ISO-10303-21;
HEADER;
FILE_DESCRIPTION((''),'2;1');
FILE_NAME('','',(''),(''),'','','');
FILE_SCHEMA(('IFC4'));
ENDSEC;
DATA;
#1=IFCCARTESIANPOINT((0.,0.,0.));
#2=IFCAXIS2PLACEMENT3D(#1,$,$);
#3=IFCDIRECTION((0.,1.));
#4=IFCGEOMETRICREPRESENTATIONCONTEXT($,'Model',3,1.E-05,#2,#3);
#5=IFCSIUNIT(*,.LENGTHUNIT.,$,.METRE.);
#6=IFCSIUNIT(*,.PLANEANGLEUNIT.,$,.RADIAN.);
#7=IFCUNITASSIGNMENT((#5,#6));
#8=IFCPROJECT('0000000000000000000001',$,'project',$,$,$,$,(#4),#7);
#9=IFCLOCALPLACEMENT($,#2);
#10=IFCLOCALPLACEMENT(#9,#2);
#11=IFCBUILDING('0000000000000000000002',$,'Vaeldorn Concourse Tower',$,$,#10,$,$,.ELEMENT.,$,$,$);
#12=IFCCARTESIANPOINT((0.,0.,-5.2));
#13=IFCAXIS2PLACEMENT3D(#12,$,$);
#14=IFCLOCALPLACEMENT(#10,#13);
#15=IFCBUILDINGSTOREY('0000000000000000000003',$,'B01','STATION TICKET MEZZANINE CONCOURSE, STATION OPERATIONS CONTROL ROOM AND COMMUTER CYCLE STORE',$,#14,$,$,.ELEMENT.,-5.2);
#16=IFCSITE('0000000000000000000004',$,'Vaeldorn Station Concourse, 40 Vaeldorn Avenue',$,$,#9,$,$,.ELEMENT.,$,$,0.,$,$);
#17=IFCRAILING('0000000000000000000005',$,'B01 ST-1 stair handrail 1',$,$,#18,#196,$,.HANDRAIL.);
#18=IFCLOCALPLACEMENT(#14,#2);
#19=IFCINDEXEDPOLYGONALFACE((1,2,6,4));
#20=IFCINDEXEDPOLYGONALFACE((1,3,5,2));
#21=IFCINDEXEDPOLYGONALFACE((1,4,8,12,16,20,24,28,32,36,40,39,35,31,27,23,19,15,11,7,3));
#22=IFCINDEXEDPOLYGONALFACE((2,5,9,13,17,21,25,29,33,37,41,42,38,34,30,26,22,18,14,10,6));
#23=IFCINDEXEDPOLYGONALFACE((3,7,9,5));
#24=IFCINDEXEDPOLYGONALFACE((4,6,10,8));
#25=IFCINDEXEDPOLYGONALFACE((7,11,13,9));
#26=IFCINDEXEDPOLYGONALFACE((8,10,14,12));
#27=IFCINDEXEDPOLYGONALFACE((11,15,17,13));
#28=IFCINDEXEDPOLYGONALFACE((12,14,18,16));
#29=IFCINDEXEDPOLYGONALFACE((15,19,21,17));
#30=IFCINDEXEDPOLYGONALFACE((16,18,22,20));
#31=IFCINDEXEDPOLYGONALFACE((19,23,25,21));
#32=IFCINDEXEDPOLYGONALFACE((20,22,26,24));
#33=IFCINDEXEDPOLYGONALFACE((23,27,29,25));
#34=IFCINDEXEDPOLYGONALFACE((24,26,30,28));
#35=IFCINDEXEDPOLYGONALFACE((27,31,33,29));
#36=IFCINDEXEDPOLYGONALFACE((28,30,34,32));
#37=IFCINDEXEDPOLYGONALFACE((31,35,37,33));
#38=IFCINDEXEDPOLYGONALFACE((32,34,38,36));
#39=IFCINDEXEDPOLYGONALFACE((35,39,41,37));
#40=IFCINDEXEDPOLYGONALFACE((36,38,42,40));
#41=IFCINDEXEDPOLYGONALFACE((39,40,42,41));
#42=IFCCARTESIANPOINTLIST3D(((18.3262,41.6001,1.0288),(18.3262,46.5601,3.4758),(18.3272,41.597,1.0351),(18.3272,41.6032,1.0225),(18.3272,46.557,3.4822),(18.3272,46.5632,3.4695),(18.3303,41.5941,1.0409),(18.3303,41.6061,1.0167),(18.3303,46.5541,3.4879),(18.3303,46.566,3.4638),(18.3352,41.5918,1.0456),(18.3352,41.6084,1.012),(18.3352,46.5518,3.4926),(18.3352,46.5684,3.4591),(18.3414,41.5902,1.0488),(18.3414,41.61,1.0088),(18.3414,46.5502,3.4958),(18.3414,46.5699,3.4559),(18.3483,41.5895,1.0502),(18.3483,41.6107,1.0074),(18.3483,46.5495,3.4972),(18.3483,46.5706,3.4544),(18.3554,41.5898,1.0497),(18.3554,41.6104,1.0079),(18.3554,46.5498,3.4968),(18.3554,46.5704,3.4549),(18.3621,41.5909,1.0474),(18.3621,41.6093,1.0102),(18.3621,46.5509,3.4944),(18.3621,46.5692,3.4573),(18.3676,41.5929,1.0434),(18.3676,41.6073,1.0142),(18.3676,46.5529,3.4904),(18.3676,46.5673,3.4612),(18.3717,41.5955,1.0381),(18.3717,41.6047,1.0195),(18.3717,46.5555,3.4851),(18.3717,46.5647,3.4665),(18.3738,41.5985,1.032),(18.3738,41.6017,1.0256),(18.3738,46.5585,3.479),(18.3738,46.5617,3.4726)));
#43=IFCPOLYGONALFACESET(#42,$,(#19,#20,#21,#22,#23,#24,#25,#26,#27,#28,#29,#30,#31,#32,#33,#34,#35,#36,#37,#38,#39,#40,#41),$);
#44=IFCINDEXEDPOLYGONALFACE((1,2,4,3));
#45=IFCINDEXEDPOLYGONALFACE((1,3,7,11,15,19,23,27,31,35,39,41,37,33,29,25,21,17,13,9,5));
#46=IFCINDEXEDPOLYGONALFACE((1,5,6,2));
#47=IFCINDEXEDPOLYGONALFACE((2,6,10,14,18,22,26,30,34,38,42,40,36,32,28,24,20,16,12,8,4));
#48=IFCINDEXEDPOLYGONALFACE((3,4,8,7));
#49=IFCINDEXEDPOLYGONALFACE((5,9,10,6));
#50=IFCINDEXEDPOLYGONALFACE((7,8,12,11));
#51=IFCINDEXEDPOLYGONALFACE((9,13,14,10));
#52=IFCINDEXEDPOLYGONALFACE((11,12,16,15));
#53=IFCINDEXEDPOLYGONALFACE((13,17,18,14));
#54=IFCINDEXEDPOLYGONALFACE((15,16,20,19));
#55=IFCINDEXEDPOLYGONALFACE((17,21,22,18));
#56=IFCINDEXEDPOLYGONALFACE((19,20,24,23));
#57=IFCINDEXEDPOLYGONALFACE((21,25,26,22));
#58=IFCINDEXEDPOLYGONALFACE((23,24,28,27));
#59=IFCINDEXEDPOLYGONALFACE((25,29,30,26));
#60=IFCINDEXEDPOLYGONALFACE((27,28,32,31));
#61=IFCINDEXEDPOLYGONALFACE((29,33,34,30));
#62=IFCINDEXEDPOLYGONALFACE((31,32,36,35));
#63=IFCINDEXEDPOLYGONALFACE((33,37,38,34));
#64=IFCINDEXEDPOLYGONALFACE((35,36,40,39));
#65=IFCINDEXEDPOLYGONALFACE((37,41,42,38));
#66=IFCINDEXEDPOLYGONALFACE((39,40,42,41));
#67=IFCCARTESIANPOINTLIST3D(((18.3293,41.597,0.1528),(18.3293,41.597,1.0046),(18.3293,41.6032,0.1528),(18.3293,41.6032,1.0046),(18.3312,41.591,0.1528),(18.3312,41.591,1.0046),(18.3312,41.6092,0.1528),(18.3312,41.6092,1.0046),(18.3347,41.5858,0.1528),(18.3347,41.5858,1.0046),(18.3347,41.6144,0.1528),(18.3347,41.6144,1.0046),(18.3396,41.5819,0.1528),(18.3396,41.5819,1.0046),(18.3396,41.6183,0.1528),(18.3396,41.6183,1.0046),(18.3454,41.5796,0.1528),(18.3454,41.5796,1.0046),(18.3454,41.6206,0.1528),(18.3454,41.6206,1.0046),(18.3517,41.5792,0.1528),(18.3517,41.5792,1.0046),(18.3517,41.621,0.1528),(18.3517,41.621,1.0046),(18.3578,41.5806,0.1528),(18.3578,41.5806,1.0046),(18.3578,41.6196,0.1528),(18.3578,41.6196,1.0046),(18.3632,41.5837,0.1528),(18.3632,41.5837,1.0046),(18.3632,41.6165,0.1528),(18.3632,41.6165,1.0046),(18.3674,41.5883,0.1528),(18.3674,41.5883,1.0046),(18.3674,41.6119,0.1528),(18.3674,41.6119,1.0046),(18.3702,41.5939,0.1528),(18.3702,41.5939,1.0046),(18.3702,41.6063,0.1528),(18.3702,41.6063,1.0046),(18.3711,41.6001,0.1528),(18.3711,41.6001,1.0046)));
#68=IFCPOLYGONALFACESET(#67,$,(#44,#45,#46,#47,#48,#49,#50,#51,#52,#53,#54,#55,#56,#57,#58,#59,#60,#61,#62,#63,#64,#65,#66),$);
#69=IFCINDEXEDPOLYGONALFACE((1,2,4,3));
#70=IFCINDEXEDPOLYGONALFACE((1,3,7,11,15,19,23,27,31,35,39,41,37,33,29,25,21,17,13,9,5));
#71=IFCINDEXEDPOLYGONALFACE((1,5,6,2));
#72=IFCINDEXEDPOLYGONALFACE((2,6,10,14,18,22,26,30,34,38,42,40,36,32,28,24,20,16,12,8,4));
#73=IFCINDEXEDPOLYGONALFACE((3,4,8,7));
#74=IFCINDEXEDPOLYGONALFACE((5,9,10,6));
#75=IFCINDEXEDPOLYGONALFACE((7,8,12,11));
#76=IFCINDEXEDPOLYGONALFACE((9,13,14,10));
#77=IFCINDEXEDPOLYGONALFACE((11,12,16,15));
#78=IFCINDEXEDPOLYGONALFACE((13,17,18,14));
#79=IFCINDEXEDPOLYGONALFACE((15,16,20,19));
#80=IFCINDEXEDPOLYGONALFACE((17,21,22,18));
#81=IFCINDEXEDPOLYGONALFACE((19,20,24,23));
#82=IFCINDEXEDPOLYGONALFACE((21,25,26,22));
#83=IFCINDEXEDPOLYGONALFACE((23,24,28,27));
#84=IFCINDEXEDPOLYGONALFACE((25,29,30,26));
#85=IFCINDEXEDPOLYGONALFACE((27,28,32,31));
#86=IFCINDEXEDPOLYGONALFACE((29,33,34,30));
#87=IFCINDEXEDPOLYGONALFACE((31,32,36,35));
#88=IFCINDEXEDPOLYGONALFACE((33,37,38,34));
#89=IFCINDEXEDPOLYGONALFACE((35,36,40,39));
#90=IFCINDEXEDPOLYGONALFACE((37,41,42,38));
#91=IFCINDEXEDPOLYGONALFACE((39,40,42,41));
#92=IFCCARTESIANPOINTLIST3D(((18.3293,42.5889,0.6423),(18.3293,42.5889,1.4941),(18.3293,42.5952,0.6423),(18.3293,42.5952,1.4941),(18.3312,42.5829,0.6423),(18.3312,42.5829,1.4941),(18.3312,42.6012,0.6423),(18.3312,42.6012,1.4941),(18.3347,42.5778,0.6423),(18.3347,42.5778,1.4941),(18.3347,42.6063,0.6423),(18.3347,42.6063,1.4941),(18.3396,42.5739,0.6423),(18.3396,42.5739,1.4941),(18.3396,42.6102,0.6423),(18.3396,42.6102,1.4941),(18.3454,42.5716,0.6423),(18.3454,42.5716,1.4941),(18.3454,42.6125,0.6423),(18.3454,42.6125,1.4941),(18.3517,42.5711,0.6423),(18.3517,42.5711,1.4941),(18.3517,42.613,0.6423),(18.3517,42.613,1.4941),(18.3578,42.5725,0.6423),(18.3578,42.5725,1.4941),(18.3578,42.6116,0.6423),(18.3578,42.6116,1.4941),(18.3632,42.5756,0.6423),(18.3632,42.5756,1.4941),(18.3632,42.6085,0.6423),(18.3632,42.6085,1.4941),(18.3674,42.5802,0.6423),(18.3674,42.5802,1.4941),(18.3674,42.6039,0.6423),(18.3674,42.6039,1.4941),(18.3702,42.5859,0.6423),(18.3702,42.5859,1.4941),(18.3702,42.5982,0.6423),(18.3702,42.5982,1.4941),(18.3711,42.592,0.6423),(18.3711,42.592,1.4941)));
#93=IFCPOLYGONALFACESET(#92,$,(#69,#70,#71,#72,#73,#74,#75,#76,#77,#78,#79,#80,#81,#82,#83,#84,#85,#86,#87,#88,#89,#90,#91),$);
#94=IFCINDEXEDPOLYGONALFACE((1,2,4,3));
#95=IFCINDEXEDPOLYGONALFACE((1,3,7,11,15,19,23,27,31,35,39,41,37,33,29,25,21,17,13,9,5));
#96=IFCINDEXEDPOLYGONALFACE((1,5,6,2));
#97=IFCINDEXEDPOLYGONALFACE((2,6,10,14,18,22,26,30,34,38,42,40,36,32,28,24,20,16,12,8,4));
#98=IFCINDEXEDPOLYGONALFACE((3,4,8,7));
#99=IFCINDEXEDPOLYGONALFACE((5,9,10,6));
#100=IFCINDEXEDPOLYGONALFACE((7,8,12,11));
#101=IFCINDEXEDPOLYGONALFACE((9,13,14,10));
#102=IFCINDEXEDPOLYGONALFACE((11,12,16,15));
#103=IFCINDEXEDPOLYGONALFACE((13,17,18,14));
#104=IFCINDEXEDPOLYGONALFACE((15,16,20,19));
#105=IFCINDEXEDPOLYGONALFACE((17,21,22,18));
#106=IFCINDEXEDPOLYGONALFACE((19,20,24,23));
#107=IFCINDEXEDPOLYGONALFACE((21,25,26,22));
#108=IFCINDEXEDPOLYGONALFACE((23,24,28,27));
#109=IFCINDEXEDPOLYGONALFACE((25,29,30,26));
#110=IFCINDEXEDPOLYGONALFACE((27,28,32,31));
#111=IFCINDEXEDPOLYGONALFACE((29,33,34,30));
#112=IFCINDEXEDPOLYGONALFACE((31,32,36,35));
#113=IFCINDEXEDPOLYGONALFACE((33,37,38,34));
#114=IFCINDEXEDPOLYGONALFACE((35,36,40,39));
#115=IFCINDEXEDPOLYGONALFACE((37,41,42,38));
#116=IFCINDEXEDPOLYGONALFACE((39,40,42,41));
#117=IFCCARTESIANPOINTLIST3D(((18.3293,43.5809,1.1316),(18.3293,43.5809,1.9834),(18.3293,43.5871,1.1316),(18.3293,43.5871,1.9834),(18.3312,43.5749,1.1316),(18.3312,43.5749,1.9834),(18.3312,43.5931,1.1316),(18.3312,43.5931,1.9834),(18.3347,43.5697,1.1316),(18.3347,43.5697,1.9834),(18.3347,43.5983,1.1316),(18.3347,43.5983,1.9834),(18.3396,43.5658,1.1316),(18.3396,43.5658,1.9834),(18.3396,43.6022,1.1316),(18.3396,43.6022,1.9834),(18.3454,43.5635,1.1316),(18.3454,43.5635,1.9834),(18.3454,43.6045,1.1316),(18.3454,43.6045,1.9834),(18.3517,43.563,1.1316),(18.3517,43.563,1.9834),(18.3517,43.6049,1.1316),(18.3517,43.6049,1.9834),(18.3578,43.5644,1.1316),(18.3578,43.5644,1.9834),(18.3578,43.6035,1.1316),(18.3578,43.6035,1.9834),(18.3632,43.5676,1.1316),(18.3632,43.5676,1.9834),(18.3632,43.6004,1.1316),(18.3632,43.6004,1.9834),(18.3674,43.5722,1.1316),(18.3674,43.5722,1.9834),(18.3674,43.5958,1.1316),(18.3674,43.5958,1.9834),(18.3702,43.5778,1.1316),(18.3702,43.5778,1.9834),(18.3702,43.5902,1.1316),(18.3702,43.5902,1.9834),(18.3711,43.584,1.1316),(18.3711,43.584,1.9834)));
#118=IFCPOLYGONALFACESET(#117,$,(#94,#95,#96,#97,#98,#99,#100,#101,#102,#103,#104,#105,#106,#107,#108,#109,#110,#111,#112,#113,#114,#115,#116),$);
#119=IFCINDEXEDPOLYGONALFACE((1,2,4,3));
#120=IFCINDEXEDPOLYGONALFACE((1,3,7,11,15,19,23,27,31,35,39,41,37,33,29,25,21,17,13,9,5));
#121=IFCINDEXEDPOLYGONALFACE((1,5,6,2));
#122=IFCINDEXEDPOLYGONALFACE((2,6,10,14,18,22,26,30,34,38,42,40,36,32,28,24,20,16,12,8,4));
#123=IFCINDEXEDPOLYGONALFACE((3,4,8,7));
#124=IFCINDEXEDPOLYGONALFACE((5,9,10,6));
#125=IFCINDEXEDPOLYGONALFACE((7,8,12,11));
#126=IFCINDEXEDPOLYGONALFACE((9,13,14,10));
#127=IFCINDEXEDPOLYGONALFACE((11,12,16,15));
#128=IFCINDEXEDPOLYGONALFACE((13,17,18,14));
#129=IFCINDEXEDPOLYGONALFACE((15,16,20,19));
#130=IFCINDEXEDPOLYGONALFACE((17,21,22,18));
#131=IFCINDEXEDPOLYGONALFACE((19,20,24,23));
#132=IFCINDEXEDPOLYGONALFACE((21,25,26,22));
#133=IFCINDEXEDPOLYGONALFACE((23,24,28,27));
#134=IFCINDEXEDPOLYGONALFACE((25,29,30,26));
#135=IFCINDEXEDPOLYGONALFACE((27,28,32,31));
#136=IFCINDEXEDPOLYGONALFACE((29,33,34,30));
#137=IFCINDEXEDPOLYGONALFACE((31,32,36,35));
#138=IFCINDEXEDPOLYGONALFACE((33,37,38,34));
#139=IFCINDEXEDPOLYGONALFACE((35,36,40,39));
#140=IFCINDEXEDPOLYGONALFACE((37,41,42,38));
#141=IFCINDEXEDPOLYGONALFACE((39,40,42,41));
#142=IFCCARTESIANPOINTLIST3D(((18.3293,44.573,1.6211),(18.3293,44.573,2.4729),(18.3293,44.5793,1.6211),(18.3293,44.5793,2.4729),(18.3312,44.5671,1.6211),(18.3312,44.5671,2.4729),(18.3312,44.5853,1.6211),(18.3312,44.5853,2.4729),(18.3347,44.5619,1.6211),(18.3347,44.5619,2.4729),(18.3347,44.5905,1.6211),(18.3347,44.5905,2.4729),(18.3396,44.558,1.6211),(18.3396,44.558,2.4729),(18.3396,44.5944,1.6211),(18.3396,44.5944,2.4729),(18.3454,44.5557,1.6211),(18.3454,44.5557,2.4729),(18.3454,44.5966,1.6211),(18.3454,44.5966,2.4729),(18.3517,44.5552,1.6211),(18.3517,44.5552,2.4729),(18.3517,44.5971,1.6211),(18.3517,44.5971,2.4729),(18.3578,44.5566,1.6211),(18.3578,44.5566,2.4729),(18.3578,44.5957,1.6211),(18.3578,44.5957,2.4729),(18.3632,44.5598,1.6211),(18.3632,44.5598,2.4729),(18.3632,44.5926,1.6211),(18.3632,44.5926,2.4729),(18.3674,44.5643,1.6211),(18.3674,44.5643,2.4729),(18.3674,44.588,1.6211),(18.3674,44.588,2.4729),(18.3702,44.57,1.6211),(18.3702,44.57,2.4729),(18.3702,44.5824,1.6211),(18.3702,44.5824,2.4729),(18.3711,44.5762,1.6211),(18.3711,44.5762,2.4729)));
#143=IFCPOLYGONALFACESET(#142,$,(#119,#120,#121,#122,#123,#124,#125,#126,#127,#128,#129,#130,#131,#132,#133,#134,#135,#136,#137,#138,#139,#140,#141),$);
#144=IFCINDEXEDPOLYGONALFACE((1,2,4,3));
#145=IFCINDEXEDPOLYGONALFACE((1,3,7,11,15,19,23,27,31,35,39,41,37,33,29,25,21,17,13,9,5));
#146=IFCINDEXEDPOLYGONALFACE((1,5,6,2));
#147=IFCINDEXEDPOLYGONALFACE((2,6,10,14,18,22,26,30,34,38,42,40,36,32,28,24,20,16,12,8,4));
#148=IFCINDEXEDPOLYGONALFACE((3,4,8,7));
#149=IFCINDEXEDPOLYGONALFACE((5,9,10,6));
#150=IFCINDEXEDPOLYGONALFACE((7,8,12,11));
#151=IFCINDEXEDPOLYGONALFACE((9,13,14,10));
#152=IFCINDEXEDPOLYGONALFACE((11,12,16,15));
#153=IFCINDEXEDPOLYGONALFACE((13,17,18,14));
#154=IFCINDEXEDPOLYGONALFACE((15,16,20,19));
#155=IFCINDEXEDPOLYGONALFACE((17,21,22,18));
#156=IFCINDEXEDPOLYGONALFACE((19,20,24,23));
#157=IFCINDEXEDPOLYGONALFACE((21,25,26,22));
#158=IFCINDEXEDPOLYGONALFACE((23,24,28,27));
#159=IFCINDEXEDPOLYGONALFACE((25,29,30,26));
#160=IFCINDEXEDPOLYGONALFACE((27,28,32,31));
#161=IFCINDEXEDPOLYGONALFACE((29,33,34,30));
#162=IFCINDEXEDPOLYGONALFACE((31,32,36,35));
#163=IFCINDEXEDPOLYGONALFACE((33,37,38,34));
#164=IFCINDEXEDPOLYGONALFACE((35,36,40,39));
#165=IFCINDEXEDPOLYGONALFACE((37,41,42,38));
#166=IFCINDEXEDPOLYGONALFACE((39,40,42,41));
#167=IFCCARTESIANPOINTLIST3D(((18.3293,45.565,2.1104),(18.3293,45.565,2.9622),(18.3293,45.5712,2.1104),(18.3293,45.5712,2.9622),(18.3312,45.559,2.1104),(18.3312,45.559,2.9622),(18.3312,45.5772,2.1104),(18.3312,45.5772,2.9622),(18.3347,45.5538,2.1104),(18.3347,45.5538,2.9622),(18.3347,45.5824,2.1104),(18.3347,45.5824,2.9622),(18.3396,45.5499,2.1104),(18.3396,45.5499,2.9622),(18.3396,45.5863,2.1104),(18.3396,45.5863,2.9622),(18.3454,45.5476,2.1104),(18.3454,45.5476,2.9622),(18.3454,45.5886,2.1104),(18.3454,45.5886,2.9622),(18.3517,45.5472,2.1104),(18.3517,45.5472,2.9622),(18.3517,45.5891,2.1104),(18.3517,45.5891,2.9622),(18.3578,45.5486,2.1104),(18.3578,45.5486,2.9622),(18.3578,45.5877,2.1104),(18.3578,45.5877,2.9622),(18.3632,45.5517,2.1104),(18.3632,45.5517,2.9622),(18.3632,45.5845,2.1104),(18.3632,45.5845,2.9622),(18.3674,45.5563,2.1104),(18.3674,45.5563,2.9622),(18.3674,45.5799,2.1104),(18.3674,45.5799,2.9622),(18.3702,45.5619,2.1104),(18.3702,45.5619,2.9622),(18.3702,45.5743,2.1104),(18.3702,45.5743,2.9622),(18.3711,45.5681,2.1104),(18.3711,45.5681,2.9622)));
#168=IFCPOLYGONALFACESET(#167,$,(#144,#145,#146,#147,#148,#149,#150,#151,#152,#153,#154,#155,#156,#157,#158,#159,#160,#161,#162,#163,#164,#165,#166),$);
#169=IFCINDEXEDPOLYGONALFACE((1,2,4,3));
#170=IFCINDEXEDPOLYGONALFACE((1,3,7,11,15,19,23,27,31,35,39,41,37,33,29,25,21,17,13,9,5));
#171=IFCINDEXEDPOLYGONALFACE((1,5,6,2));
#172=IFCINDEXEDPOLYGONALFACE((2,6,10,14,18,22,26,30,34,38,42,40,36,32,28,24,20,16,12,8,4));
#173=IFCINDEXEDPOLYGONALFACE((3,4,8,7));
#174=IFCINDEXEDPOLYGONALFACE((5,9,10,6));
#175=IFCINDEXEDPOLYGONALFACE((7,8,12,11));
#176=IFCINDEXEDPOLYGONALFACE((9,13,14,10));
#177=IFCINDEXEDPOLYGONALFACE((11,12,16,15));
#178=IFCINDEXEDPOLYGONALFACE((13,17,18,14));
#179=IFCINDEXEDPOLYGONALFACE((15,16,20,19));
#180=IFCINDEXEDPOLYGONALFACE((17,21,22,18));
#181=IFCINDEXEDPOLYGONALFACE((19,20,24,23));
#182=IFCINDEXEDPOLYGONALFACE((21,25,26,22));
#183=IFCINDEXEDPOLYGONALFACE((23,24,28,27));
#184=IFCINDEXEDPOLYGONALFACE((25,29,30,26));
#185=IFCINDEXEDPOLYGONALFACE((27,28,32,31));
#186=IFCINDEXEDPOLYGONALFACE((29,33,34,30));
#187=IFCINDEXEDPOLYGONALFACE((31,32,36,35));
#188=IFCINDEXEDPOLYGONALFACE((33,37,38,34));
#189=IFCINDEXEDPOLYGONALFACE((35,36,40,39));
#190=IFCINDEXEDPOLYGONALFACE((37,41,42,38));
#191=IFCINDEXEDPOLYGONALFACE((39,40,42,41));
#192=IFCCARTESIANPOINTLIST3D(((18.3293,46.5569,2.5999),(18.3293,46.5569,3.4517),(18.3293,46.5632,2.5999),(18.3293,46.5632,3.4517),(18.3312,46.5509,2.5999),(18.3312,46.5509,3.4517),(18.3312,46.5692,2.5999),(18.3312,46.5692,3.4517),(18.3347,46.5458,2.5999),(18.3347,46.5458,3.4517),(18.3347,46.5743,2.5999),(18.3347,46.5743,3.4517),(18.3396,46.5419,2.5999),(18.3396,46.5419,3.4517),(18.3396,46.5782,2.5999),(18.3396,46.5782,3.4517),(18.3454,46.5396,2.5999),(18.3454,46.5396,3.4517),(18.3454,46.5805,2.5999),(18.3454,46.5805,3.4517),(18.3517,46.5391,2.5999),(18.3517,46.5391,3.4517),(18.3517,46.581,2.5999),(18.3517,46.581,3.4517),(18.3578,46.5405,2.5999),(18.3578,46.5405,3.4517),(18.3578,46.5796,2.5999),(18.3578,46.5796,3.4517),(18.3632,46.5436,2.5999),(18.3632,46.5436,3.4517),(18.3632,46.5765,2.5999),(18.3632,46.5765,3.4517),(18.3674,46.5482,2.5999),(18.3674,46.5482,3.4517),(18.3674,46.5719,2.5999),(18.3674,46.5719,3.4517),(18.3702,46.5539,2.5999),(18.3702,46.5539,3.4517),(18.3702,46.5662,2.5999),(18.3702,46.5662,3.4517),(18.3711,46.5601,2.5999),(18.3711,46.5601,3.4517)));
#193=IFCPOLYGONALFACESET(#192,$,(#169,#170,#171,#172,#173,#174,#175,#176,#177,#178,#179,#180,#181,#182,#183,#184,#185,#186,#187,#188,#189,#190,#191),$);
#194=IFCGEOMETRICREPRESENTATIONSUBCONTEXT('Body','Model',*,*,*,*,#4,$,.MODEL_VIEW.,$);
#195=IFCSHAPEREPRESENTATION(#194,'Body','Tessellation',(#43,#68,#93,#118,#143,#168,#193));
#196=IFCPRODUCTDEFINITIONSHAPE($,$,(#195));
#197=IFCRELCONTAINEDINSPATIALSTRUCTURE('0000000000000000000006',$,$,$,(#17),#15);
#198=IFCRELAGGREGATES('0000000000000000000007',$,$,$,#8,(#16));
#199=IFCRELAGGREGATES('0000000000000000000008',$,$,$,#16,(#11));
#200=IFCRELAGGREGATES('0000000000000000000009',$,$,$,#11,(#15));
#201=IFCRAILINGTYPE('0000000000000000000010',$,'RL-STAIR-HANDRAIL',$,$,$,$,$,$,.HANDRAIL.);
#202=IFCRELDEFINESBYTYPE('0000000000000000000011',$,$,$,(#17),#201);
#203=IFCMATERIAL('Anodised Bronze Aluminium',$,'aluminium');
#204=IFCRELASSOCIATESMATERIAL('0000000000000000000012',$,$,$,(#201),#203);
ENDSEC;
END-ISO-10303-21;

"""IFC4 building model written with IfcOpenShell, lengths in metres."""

from ifc_helpers import new_model, si_unit, direction, frame, origin, origin_2d, place, context, subcontext, project, spatial, circle, extrude, material, type_object, element, save


model = new_model("IFC4")

# Units and contexts
model_context = context("Model", 3, precision=1e-05, world=origin(), true_north=direction((0.0, 1.0)))
body_context = subcontext(model_context, "Body", "Model", "MODEL_VIEW")
ifc_project = project(units=[si_unit("LENGTHUNIT", "METRE"), si_unit("PLANEANGLEUNIT", "RADIAN")], contexts=[model_context])

# Site, building, storey
site_placement = place(None, origin())
site = spatial("IfcSite", under=ifc_project, at=site_placement, Name="Vaeldorn Station Concourse, 40 Vaeldorn Avenue", CompositionType="ELEMENT", RefElevation=0.0)
building_placement = place(site_placement, origin())
building = spatial("IfcBuilding", under=site, at=building_placement, Name="Vaeldorn Concourse Tower", CompositionType="ELEMENT")
storey_placement = place(building_placement, frame((0.0, 0.0, -5.2)))
storey = spatial("IfcBuildingStorey", under=building, at=storey_placement, Name="B01", Description="STATION TICKET MEZZANINE CONCOURSE, STATION OPERATIONS CONTROL ROOM AND COMMUTER CYCLE STORE", CompositionType="ELEMENT", Elevation=-5.2)

# Shared definitions
ifc_material_1 = material(Name="Anodised Bronze Aluminium", Category="aluminium")

# Railing
railing_type_1 = type_object("IfcRailingType", Name="RL-STAIR-HANDRAIL", PredefinedType="HANDRAIL", material=ifc_material_1)
railing_1_placement = place(storey_placement, frame((18.3501, 41.6001, 0.1528)))
element("IfcRailing", 1, at=railing_1_placement, inside=storey, type_object=railing_type_1, Name="B01 ST-1 stair handrail 1", PredefinedType="HANDRAIL", context=body_context, shape_type="SweptSolid", body=[
    extrude(circle(Radius=0.0239, at=origin_2d()), frame((0.0, 0.0, 0.876), z_axis=(0.0, 0.896798, 0.44244), x_axis=(-1.0, 0.0, 0.0)), (0.0, 0.0, 1.0), 5.5308),
    extrude(circle(Radius=0.021, at=origin_2d()), origin(), (0.0, 0.0, 1.0), 0.8518),
    extrude(circle(Radius=0.021, at=origin_2d()), frame((0.0, 0.9919, 0.4895)), (0.0, 0.0, 1.0), 0.8518),
    extrude(circle(Radius=0.021, at=origin_2d()), frame((0.0, 1.9839, 0.9788)), (0.0, 0.0, 1.0), 0.8518),
    extrude(circle(Radius=0.021, at=origin_2d()), frame((0.0, 2.9761, 1.4683)), (0.0, 0.0, 1.0), 0.8518),
    extrude(circle(Radius=0.021, at=origin_2d()), frame((0.0, 3.968, 1.9575)), (0.0, 0.0, 1.0), 0.8518),
    extrude(circle(Radius=0.021, at=origin_2d()), frame((0.0, 4.96, 2.447)), (0.0, 0.0, 1.0), 0.8518),
])

save(model, "model.ifc")
